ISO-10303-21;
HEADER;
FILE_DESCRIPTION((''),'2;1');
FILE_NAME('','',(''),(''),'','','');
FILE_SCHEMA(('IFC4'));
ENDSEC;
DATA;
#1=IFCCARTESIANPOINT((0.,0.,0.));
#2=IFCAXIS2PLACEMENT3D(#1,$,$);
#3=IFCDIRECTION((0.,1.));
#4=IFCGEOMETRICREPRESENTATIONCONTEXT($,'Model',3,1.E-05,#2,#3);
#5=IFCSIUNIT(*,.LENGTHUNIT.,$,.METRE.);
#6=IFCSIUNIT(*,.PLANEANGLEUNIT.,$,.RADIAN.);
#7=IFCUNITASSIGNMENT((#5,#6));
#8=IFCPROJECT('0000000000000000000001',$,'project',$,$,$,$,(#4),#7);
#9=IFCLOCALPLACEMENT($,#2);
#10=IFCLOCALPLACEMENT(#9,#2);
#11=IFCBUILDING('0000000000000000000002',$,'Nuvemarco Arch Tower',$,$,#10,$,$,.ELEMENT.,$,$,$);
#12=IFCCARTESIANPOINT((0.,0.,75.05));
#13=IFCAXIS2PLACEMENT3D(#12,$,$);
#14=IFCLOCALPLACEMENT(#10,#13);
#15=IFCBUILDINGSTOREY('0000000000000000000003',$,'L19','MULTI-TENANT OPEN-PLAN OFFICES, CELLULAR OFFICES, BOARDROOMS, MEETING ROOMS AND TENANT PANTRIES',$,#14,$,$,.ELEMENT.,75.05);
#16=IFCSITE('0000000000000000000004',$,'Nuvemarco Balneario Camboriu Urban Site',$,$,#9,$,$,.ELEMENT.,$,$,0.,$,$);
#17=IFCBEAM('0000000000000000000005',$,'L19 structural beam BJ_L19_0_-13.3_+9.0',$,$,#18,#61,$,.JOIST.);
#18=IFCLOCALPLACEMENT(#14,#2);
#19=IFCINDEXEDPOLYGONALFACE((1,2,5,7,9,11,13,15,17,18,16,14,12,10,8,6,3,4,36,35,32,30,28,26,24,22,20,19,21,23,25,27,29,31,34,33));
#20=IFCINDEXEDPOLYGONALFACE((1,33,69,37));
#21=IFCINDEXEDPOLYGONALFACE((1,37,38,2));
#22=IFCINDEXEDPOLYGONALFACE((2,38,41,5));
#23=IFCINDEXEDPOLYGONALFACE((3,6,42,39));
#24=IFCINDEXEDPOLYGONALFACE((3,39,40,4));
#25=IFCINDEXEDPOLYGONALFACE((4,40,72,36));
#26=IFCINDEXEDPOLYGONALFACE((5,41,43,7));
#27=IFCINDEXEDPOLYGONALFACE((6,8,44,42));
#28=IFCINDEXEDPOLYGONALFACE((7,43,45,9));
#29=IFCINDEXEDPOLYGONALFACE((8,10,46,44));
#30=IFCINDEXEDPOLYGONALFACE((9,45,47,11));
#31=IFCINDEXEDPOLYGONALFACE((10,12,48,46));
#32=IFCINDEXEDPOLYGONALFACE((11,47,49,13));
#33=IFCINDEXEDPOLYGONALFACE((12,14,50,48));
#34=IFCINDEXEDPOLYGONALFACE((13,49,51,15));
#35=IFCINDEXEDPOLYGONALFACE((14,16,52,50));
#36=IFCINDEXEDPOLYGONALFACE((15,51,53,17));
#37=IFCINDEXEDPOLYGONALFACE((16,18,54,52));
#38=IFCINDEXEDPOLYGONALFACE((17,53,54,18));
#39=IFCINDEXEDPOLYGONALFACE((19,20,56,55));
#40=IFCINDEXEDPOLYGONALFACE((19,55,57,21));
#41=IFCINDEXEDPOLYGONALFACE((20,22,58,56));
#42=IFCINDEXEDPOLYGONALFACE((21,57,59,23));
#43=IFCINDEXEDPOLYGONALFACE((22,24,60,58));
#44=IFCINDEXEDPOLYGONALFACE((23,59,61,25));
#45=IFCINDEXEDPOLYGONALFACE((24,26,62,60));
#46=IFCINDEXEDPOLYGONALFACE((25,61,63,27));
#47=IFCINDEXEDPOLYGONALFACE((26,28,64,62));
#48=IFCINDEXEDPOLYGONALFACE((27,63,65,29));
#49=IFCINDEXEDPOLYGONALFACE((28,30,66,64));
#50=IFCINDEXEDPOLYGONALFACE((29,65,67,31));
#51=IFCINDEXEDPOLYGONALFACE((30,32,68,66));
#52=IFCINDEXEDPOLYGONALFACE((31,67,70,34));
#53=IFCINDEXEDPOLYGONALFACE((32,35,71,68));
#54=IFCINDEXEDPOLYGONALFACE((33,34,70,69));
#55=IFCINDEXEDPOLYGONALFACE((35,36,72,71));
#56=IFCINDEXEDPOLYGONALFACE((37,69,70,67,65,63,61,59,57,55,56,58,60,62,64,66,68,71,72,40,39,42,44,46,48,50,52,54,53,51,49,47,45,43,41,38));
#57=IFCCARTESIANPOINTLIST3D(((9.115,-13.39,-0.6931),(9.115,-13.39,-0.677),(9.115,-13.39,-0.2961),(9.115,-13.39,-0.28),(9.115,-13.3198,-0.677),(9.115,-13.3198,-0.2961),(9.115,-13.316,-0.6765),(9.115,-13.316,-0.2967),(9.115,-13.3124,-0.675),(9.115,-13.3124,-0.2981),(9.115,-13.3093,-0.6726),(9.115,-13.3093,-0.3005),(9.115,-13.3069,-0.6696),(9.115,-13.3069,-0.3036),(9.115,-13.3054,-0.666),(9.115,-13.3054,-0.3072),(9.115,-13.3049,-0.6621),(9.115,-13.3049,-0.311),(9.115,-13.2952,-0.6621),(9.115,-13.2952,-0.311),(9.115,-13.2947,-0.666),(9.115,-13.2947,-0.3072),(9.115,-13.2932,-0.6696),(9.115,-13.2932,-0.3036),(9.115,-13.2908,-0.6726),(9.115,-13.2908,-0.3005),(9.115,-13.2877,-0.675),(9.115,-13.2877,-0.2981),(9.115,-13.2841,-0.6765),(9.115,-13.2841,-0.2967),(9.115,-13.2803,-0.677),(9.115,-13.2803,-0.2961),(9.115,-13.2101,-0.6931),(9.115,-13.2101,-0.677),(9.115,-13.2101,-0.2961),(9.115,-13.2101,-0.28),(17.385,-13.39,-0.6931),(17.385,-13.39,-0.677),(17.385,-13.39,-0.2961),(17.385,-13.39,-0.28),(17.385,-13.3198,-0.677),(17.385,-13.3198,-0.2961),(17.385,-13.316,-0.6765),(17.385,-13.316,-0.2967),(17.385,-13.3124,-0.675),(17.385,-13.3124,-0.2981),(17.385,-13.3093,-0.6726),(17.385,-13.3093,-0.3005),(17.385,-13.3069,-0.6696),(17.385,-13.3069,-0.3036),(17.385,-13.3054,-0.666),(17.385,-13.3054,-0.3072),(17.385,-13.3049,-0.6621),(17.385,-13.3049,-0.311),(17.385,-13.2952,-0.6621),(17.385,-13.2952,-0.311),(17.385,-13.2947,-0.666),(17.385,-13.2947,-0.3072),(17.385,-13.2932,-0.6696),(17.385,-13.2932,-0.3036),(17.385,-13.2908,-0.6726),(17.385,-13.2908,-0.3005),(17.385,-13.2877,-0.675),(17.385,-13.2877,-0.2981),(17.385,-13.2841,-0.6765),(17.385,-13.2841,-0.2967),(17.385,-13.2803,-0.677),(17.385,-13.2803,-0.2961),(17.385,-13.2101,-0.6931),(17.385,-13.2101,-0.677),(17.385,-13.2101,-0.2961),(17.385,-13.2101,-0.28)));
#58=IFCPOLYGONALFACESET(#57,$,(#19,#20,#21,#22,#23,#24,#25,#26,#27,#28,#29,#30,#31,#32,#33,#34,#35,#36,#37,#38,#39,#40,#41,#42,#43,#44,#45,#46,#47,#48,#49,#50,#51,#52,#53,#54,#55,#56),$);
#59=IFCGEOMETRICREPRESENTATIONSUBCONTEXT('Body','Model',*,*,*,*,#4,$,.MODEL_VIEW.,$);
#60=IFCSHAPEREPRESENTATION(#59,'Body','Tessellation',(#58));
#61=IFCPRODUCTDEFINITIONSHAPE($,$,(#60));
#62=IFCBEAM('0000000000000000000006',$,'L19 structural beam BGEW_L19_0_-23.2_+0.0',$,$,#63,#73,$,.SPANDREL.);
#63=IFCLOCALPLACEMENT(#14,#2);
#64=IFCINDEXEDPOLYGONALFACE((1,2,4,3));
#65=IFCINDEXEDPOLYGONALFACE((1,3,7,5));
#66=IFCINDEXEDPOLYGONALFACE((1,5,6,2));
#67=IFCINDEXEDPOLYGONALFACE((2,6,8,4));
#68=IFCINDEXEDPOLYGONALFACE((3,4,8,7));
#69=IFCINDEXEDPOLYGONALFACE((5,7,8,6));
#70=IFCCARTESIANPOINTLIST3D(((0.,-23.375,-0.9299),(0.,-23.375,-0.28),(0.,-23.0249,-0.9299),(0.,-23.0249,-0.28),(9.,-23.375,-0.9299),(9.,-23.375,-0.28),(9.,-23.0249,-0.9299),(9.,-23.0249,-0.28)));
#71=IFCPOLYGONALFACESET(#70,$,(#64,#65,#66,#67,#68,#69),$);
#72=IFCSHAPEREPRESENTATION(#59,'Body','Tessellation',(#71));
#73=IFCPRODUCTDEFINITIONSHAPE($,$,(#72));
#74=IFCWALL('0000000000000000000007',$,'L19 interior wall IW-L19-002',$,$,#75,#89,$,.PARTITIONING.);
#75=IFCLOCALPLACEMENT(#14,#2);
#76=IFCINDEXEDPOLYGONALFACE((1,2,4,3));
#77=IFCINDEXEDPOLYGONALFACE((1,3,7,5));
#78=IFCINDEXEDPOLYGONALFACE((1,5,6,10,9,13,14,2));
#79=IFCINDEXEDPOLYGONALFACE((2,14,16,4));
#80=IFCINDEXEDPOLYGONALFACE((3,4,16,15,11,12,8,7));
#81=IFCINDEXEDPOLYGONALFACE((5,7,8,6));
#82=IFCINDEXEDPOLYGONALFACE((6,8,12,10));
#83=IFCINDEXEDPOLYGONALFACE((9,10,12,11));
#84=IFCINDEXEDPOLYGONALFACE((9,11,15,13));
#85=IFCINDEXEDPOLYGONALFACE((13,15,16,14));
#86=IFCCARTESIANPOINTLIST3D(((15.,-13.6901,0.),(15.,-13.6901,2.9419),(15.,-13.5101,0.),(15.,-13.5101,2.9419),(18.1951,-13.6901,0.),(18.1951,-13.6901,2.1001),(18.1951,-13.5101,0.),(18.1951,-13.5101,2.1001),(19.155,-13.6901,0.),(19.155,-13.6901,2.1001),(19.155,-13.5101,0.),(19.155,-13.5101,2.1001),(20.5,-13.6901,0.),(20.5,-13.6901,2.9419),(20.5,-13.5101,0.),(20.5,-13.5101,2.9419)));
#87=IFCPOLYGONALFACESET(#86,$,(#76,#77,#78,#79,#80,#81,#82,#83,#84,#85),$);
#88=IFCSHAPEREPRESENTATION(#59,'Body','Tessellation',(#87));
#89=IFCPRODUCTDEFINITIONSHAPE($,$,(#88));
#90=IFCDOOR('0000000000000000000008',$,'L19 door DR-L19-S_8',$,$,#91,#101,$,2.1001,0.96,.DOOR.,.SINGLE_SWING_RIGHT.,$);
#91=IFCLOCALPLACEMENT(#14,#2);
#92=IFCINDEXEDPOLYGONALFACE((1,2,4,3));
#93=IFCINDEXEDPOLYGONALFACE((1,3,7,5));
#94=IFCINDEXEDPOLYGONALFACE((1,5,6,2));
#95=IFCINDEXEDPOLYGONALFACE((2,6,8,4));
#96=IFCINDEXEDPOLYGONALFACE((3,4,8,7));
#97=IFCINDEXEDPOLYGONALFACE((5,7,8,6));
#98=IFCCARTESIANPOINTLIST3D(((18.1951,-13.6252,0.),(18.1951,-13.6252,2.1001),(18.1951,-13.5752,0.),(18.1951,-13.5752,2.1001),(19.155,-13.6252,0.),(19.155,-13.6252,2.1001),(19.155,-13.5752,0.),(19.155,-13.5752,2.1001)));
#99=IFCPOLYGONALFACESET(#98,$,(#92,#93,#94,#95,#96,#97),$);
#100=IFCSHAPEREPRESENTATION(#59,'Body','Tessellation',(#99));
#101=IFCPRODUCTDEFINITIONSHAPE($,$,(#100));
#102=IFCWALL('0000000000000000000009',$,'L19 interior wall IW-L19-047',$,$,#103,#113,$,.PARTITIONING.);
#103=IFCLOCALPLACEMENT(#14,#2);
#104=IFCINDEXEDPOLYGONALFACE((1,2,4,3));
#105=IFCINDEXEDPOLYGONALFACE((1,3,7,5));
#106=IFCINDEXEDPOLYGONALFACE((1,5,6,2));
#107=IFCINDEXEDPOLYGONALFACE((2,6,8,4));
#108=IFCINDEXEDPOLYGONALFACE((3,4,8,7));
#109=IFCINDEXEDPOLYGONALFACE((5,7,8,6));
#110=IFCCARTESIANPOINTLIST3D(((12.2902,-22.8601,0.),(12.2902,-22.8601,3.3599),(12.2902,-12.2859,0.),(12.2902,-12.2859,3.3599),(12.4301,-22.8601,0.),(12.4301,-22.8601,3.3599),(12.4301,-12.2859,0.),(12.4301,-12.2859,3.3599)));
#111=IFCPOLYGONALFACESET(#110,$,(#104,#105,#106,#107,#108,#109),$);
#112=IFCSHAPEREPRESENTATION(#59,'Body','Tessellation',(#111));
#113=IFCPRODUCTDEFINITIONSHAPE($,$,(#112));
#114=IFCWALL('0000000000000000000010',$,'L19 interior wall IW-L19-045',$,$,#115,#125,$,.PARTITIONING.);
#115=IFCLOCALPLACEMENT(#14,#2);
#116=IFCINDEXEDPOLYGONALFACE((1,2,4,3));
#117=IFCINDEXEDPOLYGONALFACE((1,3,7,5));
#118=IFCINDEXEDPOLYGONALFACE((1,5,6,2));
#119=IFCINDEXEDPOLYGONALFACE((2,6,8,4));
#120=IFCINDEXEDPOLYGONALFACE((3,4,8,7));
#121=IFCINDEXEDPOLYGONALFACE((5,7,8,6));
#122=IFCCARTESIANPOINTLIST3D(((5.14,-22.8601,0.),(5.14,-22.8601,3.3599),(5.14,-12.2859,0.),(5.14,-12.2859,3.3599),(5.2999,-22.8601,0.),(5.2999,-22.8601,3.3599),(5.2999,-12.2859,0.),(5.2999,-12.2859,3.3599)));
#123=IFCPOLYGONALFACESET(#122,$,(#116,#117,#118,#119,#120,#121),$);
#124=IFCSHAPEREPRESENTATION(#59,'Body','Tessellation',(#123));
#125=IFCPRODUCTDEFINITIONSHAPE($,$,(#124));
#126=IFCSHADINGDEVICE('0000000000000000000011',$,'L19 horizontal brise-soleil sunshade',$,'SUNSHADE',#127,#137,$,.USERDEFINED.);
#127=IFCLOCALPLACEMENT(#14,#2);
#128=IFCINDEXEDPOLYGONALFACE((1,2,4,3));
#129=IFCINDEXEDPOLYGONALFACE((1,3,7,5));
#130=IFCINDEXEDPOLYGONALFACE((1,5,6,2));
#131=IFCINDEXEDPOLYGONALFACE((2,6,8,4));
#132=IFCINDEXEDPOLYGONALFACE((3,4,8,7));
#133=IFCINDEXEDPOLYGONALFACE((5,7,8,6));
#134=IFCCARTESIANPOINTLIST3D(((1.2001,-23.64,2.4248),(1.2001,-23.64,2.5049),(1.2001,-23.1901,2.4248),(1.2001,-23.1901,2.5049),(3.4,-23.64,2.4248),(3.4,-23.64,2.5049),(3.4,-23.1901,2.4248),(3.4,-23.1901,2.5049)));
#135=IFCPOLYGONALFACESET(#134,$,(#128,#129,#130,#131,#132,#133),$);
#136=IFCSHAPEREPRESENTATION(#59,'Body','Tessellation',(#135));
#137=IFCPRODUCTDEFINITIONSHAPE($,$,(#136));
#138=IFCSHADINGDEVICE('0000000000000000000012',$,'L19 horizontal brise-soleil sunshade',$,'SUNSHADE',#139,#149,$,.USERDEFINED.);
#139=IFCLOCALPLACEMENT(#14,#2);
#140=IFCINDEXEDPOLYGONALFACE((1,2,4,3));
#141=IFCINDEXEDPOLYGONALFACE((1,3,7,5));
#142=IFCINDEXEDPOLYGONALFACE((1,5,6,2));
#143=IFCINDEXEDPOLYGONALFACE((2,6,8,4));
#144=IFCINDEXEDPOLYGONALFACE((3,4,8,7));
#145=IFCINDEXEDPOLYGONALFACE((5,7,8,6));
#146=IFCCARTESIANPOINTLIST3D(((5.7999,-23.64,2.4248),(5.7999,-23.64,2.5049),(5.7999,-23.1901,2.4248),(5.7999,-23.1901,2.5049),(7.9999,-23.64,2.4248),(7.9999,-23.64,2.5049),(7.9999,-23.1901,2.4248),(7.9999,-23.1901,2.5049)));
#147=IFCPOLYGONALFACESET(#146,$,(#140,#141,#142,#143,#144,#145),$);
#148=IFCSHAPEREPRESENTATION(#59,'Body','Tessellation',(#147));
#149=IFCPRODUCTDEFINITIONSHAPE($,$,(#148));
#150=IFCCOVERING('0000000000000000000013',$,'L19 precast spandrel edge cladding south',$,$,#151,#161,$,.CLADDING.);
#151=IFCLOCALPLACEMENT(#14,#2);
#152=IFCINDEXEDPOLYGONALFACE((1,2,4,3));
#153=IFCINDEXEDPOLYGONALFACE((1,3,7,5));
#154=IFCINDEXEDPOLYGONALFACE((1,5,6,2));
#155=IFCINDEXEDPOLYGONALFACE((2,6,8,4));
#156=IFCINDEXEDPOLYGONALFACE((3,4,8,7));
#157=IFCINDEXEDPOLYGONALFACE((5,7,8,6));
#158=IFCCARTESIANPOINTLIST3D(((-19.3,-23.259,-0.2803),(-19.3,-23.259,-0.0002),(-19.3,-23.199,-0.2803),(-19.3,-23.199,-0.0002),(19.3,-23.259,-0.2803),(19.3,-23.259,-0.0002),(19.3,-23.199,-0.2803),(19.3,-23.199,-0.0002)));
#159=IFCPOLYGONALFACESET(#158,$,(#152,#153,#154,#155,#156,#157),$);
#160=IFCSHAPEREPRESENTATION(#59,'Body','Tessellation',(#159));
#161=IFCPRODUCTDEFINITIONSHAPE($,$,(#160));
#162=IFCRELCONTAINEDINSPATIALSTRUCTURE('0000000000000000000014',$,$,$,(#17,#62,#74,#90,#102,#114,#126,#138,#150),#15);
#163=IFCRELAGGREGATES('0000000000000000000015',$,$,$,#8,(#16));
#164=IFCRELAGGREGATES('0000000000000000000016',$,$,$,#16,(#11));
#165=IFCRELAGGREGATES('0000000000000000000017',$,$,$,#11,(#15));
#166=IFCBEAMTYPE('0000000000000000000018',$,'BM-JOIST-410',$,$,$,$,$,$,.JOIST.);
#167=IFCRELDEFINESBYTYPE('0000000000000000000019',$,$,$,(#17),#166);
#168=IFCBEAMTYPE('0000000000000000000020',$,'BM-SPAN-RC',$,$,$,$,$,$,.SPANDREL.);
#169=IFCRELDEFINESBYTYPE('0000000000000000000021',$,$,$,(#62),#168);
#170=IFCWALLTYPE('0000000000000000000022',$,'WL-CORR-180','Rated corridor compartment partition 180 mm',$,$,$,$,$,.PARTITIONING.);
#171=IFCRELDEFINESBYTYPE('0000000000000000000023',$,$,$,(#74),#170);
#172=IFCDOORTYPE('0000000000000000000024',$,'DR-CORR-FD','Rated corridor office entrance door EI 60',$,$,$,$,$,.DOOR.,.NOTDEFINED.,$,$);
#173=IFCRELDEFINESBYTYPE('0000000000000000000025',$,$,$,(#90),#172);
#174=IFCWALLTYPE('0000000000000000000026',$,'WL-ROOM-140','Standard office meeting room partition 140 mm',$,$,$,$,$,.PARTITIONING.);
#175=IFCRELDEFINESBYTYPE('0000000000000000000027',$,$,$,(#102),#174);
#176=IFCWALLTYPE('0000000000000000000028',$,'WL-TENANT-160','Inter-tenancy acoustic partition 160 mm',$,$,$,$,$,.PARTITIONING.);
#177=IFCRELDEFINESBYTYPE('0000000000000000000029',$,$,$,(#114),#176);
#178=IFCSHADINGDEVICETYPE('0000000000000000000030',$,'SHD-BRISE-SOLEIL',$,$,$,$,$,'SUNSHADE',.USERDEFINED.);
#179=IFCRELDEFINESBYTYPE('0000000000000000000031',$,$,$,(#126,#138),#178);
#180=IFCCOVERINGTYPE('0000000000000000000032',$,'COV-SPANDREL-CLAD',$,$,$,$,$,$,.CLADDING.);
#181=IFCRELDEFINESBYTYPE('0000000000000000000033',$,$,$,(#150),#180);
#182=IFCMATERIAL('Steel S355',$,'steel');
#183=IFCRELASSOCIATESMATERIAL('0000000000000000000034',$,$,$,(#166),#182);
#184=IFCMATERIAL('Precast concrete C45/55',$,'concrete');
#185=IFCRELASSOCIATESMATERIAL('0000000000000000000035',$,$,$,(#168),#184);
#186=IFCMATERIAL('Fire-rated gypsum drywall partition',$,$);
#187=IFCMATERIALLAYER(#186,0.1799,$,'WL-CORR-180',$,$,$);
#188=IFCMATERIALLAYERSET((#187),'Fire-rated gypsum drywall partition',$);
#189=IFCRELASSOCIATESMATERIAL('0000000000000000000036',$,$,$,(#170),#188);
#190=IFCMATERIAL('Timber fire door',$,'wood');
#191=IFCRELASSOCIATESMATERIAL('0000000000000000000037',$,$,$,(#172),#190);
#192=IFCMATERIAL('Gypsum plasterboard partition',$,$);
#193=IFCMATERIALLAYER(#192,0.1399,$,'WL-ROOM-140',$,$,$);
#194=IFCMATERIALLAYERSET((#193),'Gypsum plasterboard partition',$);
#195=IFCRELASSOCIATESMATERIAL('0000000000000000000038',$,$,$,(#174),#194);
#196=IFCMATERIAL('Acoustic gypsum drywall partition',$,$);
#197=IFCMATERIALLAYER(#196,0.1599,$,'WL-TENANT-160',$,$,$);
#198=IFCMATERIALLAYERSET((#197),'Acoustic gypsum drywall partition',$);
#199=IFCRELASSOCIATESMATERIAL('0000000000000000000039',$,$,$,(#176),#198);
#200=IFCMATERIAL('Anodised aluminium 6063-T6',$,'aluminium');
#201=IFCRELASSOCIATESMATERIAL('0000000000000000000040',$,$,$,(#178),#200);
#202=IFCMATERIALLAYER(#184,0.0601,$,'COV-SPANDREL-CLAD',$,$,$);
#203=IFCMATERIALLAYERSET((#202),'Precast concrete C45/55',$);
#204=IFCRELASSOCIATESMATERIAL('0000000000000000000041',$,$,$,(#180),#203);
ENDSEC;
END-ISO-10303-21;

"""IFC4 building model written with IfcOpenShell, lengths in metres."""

from ifc_helpers import new_model, si_unit, direction, frame, frame_2d, origin, origin_2d, place, context, subcontext, project, spatial, rectangle, i_section, extrude, source, transform, mapped, material, layer, layer_set, material_profile, profile_set, type_object, type_shapes, element, fill, save


model = new_model("IFC4")

# Units and contexts
model_context = context("Model", 3, precision=1e-05, world=origin(), true_north=direction((0.0, 1.0)))
body_context = subcontext(model_context, "Body", "Model", "MODEL_VIEW")
ifc_project = project(units=[si_unit("LENGTHUNIT", "METRE"), si_unit("PLANEANGLEUNIT", "RADIAN")], contexts=[model_context])

# Site, building, storey
site_placement = place(None, origin())
site = spatial("IfcSite", under=ifc_project, at=site_placement, Name="Nuvemarco Balneario Camboriu Urban Site", CompositionType="ELEMENT", RefElevation=0.0)
building_placement = place(site_placement, origin())
building = spatial("IfcBuilding", under=site, at=building_placement, Name="Nuvemarco Arch Tower", CompositionType="ELEMENT")
storey_placement = place(building_placement, frame((0.0, 0.0, 75.05)))
storey = spatial("IfcBuildingStorey", under=building, at=storey_placement, Name="L19", Description="MULTI-TENANT OPEN-PLAN OFFICES, CELLULAR OFFICES, BOARDROOMS, MEETING ROOMS AND TENANT PANTRIES", CompositionType="ELEMENT", Elevation=75.05)

# Shared definitions
ifc_material_1 = material(Name="Steel S355", Category="steel")

# Beams
ifc_material_profile_1 = material_profile(ifc_material_1, i_section(OverallWidth=0.1799, OverallDepth=0.4131, WebThickness=0.0098, FlangeThickness=0.0161, FilletRadius=0.0149, at=origin_2d()), Name="W410x75")
ifc_profile_set_1 = profile_set([ifc_material_profile_1], Name="Steel S355")
beam_type_1 = type_object("IfcBeamType", Name="BM-JOIST-410", PredefinedType="JOIST", material=ifc_profile_set_1)
beam_1_placement = place(storey_placement, frame((9.115, -13.3, -0.4866), z_axis=(1.0, 0.0, 0.0), x_axis=(0.0, 1.0, 0.0)))
element("IfcBeam", 1, at=beam_1_placement, inside=storey, type_object=beam_type_1, Name="L19 structural beam BJ_L19_0_-13.3_+9.0", PredefinedType="JOIST", context=body_context, shape_type="SweptSolid", body=[
    extrude(i_section(OverallWidth=0.1799, OverallDepth=0.4131, WebThickness=0.0098, FlangeThickness=0.0161, FilletRadius=0.0149, at=origin_2d()), origin(), (0.0, 0.0, 1.0), 8.27),
])
ifc_material_2 = material(Name="Precast concrete C45/55", Category="concrete")
ifc_material_profile_2 = material_profile(ifc_material_2, rectangle(XDim=0.3501, YDim=0.6499, at=origin_2d()), Name="PC-SP-350x650")
ifc_profile_set_2 = profile_set([ifc_material_profile_2], Name="Precast concrete C45/55")
beam_type_2 = type_object("IfcBeamType", Name="BM-SPAN-RC", PredefinedType="SPANDREL", material=ifc_profile_set_2)
beam_2_placement = place(storey_placement, frame((0.0, -23.2, -0.605), z_axis=(1.0, 0.0, 0.0), x_axis=(0.0, 1.0, 0.0)))
element("IfcBeam", 2, at=beam_2_placement, inside=storey, type_object=beam_type_2, Name="L19 structural beam BGEW_L19_0_-23.2_+0.0", PredefinedType="SPANDREL", context=body_context, shape_type="SweptSolid", body=[
    extrude(rectangle(XDim=0.3501, YDim=0.6499, at=origin_2d()), origin(), (0.0, 0.0, 1.0), 9.0),
])

# Wall, opening, door
ifc_material_3 = material(Name="Fire-rated gypsum drywall partition")
ifc_layer_1 = layer(ifc_material_3, 0.1799, Name="WL-CORR-180")
ifc_layer_set_1 = layer_set([ifc_layer_1], Name="Fire-rated gypsum drywall partition")
wall_type_1 = type_object("IfcWallType", Name="WL-CORR-180", Description="Rated corridor compartment partition 180 mm", PredefinedType="PARTITIONING", material=ifc_layer_set_1)
wall_1_placement = place(storey_placement, frame((15.0, -13.6001, 0.0), z_axis=(0.0, 0.0, 1.0), x_axis=(1.0, 0.0, 0.0)))
wall_1 = element("IfcWall", 3, at=wall_1_placement, inside=storey, type_object=wall_type_1, Name="L19 interior wall IW-L19-002", PredefinedType="PARTITIONING", context=body_context, shape_type="SweptSolid", body=[
    extrude(rectangle(XDim=5.5, YDim=0.1799, at=frame_2d((2.75, 0.0))), origin(), (0.0, 0.0, 1.0), 2.9419),
])
opening_placement = place(wall_1_placement, frame((3.1951, 0.0, 0.0)))
opening = element("IfcOpeningElement", 4, at=opening_placement, cuts=wall_1, PredefinedType="OPENING", context=body_context, shape_type="SweptSolid", body=[
    extrude(rectangle(XDim=0.96, YDim=2.1001, at=frame_2d((0.48, 1.05))), frame((0.0, 0.0999, 0.0), z_axis=(0.0, -1.0, 0.0), x_axis=(1.0, 0.0, 0.0)), (0.0, 0.0, 1.0), 0.2),
])
ifc_material_4 = material(Name="Timber fire door", Category="wood")
door_type = type_object("IfcDoorType", Name="DR-CORR-FD", Description="Rated corridor office entrance door EI 60", OperationType="NOTDEFINED", PredefinedType="DOOR", material=ifc_material_4)
shared_shape_1 = source(origin(), body_context, "Body", "SweptSolid", [
    extrude(rectangle(XDim=0.96, YDim=2.1001, at=frame_2d((0.48, 1.05))), frame((0.0, 0.0249, 0.0), z_axis=(0.0, -1.0, 0.0), x_axis=(1.0, 0.0, 0.0)), (0.0, 0.0, 1.0), 0.05),
])
type_shapes(door_type, [shared_shape_1])
door_placement = place(opening_placement, origin())
door = element("IfcDoor", 5, at=door_placement, inside=storey, type_object=door_type, Name="L19 door DR-L19-S_8", OperationType="SINGLE_SWING_RIGHT", OverallHeight=2.1001, OverallWidth=0.96, PredefinedType="DOOR", context=body_context, shape_type="MappedRepresentation", body=[
    mapped(shared_shape_1, transform((0.0, 0.0, 0.0), scale=1.0)),
])
fill(opening, door)

# Walls
ifc_material_5 = material(Name="Gypsum plasterboard partition")
ifc_layer_2 = layer(ifc_material_5, 0.1399, Name="WL-ROOM-140")
ifc_layer_set_2 = layer_set([ifc_layer_2], Name="Gypsum plasterboard partition")
wall_type_2 = type_object("IfcWallType", Name="WL-ROOM-140", Description="Standard office meeting room partition 140 mm", PredefinedType="PARTITIONING", material=ifc_layer_set_2)
wall_2_placement = place(storey_placement, frame((12.3601, -22.8601, 0.0), z_axis=(0.0, 0.0, 1.0), x_axis=(0.0, 1.0, 0.0)))
element("IfcWall", 6, at=wall_2_placement, inside=storey, type_object=wall_type_2, Name="L19 interior wall IW-L19-047", PredefinedType="PARTITIONING", context=body_context, shape_type="SweptSolid", body=[
    extrude(rectangle(XDim=10.5742, YDim=0.1399, at=frame_2d((5.2871, 0.0))), origin(), (0.0, 0.0, 1.0), 3.3599),
])
ifc_material_6 = material(Name="Acoustic gypsum drywall partition")
ifc_layer_3 = layer(ifc_material_6, 0.1599, Name="WL-TENANT-160")
ifc_layer_set_3 = layer_set([ifc_layer_3], Name="Acoustic gypsum drywall partition")
wall_type_3 = type_object("IfcWallType", Name="WL-TENANT-160", Description="Inter-tenancy acoustic partition 160 mm", PredefinedType="PARTITIONING", material=ifc_layer_set_3)
wall_3_placement = place(storey_placement, frame((5.22, -22.8601, 0.0), z_axis=(0.0, 0.0, 1.0), x_axis=(0.0, 1.0, 0.0)))
element("IfcWall", 7, at=wall_3_placement, inside=storey, type_object=wall_type_3, Name="L19 interior wall IW-L19-045", PredefinedType="PARTITIONING", context=body_context, shape_type="SweptSolid", body=[
    extrude(rectangle(XDim=10.5742, YDim=0.1599, at=frame_2d((5.2871, 0.0))), origin(), (0.0, 0.0, 1.0), 3.3599),
])

# Shading devices
ifc_material_7 = material(Name="Anodised aluminium 6063-T6", Category="aluminium")
shading_device_type = type_object("IfcShadingDeviceType", Name="SHD-BRISE-SOLEIL", ElementType="SUNSHADE", PredefinedType="USERDEFINED", material=ifc_material_7)
shared_shape_2 = source(origin(), body_context, "Body", "SweptSolid", [
    extrude(rectangle(XDim=2.2, YDim=0.45, at=origin_2d()), origin(), (0.0, 0.0, 1.0), 0.0801),
])
type_shapes(shading_device_type, [shared_shape_2])
for number, where, z_axis, x_axis, name in (
    (8, (2.3, -23.415, 2.4248), (0.0, 0.0, 1.0), (1.0, 0.0, 0.0), "L19 horizontal brise-soleil sunshade"),
    (9, (6.8999, -23.415, 2.4248), (0.0, 0.0, 1.0), (1.0, 0.0, 0.0), "L19 horizontal brise-soleil sunshade"),
):
    element("IfcShadingDevice", number, at=place(storey_placement, frame(where, z_axis=z_axis, x_axis=x_axis)), inside=storey, type_object=shading_device_type, Name=name, ObjectType="SUNSHADE", PredefinedType="USERDEFINED", context=body_context, shape_type="MappedRepresentation", body=[
        mapped(shared_shape_2, transform((0.0, 0.0, 0.0), scale=1.0)),
    ])

# Covering
ifc_layer_4 = layer(ifc_material_2, 0.0601, Name="COV-SPANDREL-CLAD")
ifc_layer_set_4 = layer_set([ifc_layer_4], Name="Precast concrete C45/55")
covering_type = type_object("IfcCoveringType", Name="COV-SPANDREL-CLAD", PredefinedType="CLADDING", material=ifc_layer_set_4)
shared_shape_3 = source(origin(), body_context, "Body", "SweptSolid", [
    extrude(rectangle(XDim=38.6001, YDim=0.0601, at=origin_2d()), origin(), (0.0, 0.0, 1.0), 0.28),
])
type_shapes(covering_type, [shared_shape_3])
covering_placement = place(storey_placement, frame((0.0, -23.229, -0.2803), z_axis=(0.0, 0.0, 1.0), x_axis=(1.0, 0.0, 0.0)))
element("IfcCovering", 10, at=covering_placement, inside=storey, type_object=covering_type, Name="L19 precast spandrel edge cladding south", PredefinedType="CLADDING", context=body_context, shape_type="MappedRepresentation", body=[
    mapped(shared_shape_3, transform((0.0, 0.0, 0.0), scale=1.0)),
])

save(model, "model.ifc")
